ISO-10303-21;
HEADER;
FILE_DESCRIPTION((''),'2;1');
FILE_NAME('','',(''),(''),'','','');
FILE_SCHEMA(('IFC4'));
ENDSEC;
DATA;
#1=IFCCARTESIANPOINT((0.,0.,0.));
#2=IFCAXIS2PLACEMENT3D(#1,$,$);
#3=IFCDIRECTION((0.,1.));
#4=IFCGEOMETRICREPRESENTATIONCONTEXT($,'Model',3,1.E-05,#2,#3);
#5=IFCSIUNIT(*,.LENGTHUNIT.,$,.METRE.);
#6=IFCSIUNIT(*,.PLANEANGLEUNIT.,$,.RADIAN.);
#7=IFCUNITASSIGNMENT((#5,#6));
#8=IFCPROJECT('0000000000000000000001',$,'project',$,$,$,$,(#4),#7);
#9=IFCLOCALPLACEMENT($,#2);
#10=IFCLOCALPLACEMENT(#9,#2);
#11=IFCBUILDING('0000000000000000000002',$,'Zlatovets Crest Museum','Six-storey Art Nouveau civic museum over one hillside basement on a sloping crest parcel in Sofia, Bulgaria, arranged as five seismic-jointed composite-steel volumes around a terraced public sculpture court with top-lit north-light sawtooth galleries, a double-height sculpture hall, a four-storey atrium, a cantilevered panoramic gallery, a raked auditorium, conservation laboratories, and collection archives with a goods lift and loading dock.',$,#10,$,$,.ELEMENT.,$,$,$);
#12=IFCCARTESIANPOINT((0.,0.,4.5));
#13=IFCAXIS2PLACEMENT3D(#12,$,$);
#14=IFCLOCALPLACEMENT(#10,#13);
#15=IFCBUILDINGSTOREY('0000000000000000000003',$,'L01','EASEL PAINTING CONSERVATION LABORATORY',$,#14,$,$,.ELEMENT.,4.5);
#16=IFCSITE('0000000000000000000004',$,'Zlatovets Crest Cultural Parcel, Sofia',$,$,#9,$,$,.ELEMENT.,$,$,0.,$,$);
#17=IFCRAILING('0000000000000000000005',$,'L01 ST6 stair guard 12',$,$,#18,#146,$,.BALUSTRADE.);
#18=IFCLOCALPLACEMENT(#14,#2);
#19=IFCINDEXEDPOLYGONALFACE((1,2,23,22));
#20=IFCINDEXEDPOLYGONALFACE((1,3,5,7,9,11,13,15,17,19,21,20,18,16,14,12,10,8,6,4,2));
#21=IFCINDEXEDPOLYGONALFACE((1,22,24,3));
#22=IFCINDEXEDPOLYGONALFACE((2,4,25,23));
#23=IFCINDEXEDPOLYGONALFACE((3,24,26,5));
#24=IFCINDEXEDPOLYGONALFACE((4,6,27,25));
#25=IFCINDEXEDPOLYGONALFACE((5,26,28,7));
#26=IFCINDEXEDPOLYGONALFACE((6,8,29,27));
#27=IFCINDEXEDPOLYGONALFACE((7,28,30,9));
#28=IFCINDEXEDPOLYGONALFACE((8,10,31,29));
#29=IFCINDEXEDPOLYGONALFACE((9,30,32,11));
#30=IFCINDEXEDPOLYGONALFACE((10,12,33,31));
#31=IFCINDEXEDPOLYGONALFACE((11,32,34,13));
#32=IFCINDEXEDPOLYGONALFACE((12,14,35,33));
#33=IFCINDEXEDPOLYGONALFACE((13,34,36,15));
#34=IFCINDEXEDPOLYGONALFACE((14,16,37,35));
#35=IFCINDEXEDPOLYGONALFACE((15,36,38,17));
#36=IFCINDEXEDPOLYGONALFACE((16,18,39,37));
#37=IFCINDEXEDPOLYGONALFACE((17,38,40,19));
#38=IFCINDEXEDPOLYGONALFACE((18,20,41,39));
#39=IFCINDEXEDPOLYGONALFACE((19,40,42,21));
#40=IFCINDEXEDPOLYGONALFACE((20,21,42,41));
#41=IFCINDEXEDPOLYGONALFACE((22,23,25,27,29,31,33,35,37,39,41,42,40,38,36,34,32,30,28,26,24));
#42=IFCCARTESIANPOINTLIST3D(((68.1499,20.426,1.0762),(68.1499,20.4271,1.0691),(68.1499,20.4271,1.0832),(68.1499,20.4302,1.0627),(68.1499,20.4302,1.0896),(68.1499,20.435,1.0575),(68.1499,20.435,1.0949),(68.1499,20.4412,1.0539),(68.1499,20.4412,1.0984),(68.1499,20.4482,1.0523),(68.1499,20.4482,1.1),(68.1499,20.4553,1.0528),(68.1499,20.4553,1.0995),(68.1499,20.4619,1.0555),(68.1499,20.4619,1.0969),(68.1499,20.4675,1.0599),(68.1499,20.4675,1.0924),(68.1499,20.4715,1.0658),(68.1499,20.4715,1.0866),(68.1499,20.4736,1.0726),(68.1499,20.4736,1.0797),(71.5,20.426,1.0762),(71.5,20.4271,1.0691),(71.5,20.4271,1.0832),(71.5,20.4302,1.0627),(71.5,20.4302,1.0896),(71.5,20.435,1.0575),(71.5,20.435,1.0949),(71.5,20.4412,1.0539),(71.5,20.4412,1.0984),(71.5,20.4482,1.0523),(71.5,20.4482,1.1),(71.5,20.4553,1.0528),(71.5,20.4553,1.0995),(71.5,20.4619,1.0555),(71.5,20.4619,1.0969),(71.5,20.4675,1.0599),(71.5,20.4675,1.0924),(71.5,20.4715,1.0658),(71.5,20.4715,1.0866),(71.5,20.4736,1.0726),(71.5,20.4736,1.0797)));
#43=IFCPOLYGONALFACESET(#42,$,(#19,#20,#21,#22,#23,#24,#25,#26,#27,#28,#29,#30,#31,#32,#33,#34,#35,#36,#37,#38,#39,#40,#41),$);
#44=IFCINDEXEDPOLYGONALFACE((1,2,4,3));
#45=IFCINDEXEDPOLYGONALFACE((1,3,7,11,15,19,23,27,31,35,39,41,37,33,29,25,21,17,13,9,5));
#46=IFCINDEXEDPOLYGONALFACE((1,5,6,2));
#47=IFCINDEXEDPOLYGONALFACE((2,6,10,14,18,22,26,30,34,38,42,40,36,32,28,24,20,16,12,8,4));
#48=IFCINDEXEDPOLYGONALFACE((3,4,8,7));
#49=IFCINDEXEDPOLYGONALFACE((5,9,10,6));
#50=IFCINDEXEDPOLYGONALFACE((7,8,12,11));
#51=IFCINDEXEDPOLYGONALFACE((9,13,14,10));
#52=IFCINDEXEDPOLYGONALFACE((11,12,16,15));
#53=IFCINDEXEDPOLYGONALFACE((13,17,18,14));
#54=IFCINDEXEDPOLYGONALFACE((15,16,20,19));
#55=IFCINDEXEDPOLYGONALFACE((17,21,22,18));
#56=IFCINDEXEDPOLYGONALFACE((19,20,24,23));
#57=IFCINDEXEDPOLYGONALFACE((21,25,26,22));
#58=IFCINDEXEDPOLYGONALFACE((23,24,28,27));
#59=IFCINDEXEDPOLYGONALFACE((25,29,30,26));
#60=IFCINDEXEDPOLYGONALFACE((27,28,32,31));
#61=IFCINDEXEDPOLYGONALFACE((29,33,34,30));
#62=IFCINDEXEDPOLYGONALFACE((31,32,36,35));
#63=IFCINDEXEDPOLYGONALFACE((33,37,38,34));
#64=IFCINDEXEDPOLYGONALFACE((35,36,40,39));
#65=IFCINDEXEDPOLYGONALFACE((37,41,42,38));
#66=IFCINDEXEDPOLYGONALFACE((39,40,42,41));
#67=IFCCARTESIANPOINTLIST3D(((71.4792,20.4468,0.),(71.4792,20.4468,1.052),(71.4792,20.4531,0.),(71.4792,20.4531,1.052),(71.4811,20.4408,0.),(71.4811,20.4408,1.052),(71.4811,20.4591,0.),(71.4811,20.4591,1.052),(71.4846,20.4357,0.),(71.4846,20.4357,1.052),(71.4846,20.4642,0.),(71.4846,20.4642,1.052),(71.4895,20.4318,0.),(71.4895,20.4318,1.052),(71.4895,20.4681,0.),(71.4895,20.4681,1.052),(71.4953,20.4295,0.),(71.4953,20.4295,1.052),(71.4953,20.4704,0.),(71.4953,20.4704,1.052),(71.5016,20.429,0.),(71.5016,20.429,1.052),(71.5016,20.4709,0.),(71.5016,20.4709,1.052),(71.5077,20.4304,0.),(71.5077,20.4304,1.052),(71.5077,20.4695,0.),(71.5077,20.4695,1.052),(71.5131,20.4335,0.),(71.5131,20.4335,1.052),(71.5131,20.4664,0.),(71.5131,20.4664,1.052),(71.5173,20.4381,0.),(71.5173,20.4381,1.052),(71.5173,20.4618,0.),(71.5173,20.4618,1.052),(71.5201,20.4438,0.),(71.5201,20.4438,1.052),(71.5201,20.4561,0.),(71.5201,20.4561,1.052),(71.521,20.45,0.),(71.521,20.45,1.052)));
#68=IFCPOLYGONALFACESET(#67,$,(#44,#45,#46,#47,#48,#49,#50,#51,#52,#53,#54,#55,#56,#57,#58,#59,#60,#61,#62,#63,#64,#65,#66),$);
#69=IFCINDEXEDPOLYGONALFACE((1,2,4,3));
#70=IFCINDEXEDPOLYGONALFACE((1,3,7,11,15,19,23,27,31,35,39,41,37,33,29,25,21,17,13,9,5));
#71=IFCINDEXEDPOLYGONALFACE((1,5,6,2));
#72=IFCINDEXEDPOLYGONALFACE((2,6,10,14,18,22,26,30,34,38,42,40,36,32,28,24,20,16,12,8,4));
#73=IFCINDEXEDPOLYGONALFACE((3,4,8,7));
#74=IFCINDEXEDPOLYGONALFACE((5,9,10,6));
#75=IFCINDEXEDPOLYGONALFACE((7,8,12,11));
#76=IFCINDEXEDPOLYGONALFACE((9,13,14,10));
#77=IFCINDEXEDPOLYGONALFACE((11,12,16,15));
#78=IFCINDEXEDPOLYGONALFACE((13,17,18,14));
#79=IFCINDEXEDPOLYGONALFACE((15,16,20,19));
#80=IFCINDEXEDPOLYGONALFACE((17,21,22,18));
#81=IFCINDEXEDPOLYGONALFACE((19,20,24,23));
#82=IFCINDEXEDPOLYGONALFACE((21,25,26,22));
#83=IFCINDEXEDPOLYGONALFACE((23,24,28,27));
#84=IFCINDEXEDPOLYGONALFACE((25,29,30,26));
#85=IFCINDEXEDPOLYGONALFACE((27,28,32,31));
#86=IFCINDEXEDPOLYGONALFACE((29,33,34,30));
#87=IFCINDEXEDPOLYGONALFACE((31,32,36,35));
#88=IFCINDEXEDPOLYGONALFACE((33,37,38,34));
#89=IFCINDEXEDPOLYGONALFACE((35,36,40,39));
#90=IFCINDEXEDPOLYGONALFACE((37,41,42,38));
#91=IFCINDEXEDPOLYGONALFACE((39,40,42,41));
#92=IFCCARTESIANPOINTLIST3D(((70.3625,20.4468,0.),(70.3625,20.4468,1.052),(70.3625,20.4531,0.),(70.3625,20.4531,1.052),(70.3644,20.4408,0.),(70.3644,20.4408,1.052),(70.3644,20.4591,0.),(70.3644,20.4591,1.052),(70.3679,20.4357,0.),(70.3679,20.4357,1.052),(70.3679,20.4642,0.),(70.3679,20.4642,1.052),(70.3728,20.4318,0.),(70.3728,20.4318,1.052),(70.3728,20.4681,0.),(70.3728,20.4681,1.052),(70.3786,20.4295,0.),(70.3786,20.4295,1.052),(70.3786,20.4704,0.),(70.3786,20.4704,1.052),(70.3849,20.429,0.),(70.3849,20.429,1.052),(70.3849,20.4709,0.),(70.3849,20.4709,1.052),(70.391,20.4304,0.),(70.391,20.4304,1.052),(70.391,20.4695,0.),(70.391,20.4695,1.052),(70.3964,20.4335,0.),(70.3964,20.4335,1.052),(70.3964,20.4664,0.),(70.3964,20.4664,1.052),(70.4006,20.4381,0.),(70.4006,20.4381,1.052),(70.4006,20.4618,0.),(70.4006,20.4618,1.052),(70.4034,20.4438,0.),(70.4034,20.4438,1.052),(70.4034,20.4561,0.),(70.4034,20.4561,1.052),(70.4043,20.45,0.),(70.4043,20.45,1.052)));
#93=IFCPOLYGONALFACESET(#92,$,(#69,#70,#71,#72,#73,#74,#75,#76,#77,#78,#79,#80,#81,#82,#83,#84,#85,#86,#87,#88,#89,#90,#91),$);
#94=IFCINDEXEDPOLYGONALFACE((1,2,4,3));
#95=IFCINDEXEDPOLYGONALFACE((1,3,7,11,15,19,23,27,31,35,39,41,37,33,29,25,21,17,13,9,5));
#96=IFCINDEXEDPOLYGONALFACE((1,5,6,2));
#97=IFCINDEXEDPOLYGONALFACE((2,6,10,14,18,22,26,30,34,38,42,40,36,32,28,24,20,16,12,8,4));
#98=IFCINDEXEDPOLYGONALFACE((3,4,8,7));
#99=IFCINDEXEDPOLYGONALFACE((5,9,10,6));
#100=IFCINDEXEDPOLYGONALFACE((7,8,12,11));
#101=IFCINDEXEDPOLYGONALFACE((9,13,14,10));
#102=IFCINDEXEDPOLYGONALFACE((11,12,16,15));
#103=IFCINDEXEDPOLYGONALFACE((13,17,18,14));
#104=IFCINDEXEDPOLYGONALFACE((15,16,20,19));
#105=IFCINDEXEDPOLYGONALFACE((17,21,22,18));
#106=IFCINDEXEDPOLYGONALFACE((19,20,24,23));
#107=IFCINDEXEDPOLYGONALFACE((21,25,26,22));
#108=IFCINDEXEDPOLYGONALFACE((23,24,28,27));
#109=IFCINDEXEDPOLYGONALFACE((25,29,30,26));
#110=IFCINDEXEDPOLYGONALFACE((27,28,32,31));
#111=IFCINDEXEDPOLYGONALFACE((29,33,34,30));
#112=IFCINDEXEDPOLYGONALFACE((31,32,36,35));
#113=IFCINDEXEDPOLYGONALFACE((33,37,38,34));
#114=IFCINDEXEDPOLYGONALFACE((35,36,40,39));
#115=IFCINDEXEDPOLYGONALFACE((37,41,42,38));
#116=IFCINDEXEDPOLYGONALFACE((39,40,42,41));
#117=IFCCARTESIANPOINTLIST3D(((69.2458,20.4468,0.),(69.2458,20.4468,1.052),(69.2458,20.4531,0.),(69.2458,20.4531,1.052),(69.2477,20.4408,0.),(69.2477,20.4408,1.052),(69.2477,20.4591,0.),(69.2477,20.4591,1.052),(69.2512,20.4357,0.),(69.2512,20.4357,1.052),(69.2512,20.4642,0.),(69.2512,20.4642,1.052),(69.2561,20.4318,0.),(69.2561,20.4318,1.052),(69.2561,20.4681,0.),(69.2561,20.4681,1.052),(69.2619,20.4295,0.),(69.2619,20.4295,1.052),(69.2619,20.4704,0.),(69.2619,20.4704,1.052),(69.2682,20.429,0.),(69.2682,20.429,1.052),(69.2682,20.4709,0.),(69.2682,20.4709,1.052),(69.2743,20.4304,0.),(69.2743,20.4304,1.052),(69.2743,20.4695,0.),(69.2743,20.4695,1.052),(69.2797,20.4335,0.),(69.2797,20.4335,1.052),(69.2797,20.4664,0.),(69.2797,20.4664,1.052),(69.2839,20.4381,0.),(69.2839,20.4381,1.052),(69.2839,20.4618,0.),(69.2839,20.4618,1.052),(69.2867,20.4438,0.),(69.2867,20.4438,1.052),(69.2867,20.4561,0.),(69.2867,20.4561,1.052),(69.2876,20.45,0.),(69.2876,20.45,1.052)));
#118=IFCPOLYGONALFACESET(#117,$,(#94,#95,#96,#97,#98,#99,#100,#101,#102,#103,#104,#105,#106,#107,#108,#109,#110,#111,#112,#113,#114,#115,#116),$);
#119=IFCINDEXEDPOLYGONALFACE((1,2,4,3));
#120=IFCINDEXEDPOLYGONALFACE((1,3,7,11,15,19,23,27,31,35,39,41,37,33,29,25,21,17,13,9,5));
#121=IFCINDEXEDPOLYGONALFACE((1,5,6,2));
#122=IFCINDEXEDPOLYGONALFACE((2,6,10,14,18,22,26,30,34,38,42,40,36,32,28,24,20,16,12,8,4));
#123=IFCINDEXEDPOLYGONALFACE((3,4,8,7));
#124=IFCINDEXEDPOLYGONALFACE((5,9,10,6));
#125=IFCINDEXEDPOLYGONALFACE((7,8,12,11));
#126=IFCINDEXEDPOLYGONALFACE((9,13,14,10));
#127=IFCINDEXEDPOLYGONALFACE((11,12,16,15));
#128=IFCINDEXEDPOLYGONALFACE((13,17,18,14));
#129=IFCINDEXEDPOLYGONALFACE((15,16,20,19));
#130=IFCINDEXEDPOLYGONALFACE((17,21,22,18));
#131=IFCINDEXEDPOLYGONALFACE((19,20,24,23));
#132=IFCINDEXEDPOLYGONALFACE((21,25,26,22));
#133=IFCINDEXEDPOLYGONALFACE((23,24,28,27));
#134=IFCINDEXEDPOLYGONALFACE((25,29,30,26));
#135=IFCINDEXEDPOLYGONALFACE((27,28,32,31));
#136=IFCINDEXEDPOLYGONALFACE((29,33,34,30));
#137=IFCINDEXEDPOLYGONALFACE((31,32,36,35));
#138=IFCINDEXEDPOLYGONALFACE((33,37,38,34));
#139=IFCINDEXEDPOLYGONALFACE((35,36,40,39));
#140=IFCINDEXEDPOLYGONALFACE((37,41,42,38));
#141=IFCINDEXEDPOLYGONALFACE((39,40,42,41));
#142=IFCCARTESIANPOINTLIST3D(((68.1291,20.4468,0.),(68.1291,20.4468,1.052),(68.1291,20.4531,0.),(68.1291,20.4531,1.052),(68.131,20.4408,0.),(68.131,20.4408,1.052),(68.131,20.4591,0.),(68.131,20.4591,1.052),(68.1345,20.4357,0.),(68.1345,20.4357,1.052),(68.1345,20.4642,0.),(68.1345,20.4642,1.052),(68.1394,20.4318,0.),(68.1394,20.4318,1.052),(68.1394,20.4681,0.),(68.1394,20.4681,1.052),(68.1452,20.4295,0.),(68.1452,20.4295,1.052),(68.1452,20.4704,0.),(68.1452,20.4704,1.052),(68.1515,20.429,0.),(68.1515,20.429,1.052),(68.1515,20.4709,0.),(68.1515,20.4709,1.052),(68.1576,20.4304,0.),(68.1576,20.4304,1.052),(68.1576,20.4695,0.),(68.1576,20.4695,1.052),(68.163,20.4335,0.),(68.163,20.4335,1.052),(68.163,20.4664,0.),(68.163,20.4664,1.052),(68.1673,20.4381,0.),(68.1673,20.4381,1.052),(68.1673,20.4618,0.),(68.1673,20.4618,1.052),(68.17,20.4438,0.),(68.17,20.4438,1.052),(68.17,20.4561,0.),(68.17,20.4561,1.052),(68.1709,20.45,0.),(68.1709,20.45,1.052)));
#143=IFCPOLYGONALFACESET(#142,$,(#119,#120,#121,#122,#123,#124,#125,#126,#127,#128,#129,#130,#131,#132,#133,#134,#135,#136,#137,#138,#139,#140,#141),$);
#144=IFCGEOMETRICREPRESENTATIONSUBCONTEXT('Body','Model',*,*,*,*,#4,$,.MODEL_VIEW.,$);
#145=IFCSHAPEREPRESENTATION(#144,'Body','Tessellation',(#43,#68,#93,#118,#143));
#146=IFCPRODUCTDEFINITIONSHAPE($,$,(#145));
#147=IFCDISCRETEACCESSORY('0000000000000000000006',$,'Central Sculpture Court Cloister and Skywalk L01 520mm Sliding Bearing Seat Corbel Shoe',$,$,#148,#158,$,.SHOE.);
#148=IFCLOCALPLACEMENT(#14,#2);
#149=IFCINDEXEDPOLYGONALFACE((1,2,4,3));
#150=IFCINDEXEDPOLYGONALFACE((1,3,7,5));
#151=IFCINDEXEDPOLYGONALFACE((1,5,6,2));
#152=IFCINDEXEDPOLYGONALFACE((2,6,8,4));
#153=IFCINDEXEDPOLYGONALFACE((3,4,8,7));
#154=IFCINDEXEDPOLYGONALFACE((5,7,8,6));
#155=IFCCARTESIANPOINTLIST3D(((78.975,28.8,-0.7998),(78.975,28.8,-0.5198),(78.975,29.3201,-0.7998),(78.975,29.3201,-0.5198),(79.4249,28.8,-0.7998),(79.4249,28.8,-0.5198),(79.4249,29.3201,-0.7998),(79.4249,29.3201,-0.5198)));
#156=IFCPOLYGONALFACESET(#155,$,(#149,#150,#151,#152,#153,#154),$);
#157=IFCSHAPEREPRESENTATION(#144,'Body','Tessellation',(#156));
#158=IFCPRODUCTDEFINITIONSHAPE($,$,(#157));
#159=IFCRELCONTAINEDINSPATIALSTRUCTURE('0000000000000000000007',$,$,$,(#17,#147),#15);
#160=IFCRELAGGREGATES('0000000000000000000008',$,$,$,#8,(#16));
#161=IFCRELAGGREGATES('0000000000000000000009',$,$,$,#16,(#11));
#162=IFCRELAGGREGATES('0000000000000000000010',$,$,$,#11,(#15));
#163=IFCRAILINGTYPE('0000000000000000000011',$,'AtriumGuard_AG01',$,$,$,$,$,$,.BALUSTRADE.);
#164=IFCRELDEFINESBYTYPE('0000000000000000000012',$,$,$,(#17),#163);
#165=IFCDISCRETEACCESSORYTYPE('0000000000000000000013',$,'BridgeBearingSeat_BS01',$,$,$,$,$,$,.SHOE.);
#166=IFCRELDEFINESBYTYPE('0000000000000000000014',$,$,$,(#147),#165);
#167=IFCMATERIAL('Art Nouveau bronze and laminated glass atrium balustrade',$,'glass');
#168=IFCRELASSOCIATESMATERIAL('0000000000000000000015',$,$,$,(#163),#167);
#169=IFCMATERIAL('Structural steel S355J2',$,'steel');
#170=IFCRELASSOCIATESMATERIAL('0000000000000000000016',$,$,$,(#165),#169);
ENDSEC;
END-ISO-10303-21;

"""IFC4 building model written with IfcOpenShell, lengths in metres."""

from ifc_helpers import new_model, si_unit, direction, frame, origin, origin_2d, place, context, subcontext, project, spatial, rectangle, circle, extrude, material, type_object, element, save


model = new_model("IFC4")

# Units and contexts
model_context = context("Model", 3, precision=1e-05, world=origin(), true_north=direction((0.0, 1.0)))
body_context = subcontext(model_context, "Body", "Model", "MODEL_VIEW")
ifc_project = project(units=[si_unit("LENGTHUNIT", "METRE"), si_unit("PLANEANGLEUNIT", "RADIAN")], contexts=[model_context])

# Site, building, storey
site_placement = place(None, origin())
site = spatial("IfcSite", under=ifc_project, at=site_placement, Name="Zlatovets Crest Cultural Parcel, Sofia", CompositionType="ELEMENT", RefElevation=0.0)
building_placement = place(site_placement, origin())
building = spatial("IfcBuilding", under=site, at=building_placement, Name="Zlatovets Crest Museum", Description="Six-storey Art Nouveau civic museum over one hillside basement on a sloping crest parcel in Sofia, Bulgaria, arranged as five seismic-jointed composite-steel volumes around a terraced public sculpture court with top-lit north-light sawtooth galleries, a double-height sculpture hall, a four-storey atrium, a cantilevered panoramic gallery, a raked auditorium, conservation laboratories, and collection archives with a goods lift and loading dock.", CompositionType="ELEMENT")
storey_placement = place(building_placement, frame((0.0, 0.0, 4.5)))
storey = spatial("IfcBuildingStorey", under=building, at=storey_placement, Name="L01", Description="EASEL PAINTING CONSERVATION LABORATORY", CompositionType="ELEMENT", Elevation=4.5)

# Shared definitions
ifc_material_1 = material(Name="Structural steel S355J2", Category="steel")

# Railing
ifc_material_2 = material(Name="Art Nouveau bronze and laminated glass atrium balustrade", Category="glass")
railing_type = type_object("IfcRailingType", Name="AtriumGuard_AG01", PredefinedType="BALUSTRADE", material=ifc_material_2)
railing_1_placement = place(storey_placement, frame((71.5, 20.45, 0.0)))
element("IfcRailing", 1, at=railing_1_placement, inside=storey, type_object=railing_type, Name="L01 ST6 stair guard 12", PredefinedType="BALUSTRADE", context=body_context, shape_type="SweptSolid", body=[
    extrude(circle(Radius=0.0239, at=origin_2d()), frame((0.0, 0.0, 1.0762), z_axis=(-1.0, 0.0, 0.0), x_axis=(0.0, -1.0, 0.0)), (0.0, 0.0, 1.0), 3.3501),
    extrude(circle(Radius=0.021, at=origin_2d()), origin(), (0.0, 0.0, 1.0), 1.052),
    extrude(circle(Radius=0.021, at=origin_2d()), frame((-1.1167, 0.0, 0.0)), (0.0, 0.0, 1.0), 1.052),
    extrude(circle(Radius=0.021, at=origin_2d()), frame((-2.2334, 0.0, 0.0)), (0.0, 0.0, 1.0), 1.052),
    extrude(circle(Radius=0.021, at=origin_2d()), frame((-3.3501, 0.0, 0.0)), (0.0, 0.0, 1.0), 1.052),
])

# Discrete accessory
discrete_accessory_type = type_object("IfcDiscreteAccessoryType", Name="BridgeBearingSeat_BS01", PredefinedType="SHOE", material=ifc_material_1)
discrete_accessory_placement = place(storey_placement, frame((79.2, 29.0601, -0.7998), z_axis=(0.0, 0.0, 1.0), x_axis=(1.0, 0.0, 0.0)))
element("IfcDiscreteAccessory", 2, at=discrete_accessory_placement, inside=storey, type_object=discrete_accessory_type, Name="Central Sculpture Court Cloister and Skywalk L01 520mm Sliding Bearing Seat Corbel Shoe", PredefinedType="SHOE", context=body_context, shape_type="SweptSolid", body=[
    extrude(rectangle(XDim=0.45, YDim=0.52, at=origin_2d()), origin(), (0.0, 0.0, 1.0), 0.28),
])

save(model, "model.ifc")
